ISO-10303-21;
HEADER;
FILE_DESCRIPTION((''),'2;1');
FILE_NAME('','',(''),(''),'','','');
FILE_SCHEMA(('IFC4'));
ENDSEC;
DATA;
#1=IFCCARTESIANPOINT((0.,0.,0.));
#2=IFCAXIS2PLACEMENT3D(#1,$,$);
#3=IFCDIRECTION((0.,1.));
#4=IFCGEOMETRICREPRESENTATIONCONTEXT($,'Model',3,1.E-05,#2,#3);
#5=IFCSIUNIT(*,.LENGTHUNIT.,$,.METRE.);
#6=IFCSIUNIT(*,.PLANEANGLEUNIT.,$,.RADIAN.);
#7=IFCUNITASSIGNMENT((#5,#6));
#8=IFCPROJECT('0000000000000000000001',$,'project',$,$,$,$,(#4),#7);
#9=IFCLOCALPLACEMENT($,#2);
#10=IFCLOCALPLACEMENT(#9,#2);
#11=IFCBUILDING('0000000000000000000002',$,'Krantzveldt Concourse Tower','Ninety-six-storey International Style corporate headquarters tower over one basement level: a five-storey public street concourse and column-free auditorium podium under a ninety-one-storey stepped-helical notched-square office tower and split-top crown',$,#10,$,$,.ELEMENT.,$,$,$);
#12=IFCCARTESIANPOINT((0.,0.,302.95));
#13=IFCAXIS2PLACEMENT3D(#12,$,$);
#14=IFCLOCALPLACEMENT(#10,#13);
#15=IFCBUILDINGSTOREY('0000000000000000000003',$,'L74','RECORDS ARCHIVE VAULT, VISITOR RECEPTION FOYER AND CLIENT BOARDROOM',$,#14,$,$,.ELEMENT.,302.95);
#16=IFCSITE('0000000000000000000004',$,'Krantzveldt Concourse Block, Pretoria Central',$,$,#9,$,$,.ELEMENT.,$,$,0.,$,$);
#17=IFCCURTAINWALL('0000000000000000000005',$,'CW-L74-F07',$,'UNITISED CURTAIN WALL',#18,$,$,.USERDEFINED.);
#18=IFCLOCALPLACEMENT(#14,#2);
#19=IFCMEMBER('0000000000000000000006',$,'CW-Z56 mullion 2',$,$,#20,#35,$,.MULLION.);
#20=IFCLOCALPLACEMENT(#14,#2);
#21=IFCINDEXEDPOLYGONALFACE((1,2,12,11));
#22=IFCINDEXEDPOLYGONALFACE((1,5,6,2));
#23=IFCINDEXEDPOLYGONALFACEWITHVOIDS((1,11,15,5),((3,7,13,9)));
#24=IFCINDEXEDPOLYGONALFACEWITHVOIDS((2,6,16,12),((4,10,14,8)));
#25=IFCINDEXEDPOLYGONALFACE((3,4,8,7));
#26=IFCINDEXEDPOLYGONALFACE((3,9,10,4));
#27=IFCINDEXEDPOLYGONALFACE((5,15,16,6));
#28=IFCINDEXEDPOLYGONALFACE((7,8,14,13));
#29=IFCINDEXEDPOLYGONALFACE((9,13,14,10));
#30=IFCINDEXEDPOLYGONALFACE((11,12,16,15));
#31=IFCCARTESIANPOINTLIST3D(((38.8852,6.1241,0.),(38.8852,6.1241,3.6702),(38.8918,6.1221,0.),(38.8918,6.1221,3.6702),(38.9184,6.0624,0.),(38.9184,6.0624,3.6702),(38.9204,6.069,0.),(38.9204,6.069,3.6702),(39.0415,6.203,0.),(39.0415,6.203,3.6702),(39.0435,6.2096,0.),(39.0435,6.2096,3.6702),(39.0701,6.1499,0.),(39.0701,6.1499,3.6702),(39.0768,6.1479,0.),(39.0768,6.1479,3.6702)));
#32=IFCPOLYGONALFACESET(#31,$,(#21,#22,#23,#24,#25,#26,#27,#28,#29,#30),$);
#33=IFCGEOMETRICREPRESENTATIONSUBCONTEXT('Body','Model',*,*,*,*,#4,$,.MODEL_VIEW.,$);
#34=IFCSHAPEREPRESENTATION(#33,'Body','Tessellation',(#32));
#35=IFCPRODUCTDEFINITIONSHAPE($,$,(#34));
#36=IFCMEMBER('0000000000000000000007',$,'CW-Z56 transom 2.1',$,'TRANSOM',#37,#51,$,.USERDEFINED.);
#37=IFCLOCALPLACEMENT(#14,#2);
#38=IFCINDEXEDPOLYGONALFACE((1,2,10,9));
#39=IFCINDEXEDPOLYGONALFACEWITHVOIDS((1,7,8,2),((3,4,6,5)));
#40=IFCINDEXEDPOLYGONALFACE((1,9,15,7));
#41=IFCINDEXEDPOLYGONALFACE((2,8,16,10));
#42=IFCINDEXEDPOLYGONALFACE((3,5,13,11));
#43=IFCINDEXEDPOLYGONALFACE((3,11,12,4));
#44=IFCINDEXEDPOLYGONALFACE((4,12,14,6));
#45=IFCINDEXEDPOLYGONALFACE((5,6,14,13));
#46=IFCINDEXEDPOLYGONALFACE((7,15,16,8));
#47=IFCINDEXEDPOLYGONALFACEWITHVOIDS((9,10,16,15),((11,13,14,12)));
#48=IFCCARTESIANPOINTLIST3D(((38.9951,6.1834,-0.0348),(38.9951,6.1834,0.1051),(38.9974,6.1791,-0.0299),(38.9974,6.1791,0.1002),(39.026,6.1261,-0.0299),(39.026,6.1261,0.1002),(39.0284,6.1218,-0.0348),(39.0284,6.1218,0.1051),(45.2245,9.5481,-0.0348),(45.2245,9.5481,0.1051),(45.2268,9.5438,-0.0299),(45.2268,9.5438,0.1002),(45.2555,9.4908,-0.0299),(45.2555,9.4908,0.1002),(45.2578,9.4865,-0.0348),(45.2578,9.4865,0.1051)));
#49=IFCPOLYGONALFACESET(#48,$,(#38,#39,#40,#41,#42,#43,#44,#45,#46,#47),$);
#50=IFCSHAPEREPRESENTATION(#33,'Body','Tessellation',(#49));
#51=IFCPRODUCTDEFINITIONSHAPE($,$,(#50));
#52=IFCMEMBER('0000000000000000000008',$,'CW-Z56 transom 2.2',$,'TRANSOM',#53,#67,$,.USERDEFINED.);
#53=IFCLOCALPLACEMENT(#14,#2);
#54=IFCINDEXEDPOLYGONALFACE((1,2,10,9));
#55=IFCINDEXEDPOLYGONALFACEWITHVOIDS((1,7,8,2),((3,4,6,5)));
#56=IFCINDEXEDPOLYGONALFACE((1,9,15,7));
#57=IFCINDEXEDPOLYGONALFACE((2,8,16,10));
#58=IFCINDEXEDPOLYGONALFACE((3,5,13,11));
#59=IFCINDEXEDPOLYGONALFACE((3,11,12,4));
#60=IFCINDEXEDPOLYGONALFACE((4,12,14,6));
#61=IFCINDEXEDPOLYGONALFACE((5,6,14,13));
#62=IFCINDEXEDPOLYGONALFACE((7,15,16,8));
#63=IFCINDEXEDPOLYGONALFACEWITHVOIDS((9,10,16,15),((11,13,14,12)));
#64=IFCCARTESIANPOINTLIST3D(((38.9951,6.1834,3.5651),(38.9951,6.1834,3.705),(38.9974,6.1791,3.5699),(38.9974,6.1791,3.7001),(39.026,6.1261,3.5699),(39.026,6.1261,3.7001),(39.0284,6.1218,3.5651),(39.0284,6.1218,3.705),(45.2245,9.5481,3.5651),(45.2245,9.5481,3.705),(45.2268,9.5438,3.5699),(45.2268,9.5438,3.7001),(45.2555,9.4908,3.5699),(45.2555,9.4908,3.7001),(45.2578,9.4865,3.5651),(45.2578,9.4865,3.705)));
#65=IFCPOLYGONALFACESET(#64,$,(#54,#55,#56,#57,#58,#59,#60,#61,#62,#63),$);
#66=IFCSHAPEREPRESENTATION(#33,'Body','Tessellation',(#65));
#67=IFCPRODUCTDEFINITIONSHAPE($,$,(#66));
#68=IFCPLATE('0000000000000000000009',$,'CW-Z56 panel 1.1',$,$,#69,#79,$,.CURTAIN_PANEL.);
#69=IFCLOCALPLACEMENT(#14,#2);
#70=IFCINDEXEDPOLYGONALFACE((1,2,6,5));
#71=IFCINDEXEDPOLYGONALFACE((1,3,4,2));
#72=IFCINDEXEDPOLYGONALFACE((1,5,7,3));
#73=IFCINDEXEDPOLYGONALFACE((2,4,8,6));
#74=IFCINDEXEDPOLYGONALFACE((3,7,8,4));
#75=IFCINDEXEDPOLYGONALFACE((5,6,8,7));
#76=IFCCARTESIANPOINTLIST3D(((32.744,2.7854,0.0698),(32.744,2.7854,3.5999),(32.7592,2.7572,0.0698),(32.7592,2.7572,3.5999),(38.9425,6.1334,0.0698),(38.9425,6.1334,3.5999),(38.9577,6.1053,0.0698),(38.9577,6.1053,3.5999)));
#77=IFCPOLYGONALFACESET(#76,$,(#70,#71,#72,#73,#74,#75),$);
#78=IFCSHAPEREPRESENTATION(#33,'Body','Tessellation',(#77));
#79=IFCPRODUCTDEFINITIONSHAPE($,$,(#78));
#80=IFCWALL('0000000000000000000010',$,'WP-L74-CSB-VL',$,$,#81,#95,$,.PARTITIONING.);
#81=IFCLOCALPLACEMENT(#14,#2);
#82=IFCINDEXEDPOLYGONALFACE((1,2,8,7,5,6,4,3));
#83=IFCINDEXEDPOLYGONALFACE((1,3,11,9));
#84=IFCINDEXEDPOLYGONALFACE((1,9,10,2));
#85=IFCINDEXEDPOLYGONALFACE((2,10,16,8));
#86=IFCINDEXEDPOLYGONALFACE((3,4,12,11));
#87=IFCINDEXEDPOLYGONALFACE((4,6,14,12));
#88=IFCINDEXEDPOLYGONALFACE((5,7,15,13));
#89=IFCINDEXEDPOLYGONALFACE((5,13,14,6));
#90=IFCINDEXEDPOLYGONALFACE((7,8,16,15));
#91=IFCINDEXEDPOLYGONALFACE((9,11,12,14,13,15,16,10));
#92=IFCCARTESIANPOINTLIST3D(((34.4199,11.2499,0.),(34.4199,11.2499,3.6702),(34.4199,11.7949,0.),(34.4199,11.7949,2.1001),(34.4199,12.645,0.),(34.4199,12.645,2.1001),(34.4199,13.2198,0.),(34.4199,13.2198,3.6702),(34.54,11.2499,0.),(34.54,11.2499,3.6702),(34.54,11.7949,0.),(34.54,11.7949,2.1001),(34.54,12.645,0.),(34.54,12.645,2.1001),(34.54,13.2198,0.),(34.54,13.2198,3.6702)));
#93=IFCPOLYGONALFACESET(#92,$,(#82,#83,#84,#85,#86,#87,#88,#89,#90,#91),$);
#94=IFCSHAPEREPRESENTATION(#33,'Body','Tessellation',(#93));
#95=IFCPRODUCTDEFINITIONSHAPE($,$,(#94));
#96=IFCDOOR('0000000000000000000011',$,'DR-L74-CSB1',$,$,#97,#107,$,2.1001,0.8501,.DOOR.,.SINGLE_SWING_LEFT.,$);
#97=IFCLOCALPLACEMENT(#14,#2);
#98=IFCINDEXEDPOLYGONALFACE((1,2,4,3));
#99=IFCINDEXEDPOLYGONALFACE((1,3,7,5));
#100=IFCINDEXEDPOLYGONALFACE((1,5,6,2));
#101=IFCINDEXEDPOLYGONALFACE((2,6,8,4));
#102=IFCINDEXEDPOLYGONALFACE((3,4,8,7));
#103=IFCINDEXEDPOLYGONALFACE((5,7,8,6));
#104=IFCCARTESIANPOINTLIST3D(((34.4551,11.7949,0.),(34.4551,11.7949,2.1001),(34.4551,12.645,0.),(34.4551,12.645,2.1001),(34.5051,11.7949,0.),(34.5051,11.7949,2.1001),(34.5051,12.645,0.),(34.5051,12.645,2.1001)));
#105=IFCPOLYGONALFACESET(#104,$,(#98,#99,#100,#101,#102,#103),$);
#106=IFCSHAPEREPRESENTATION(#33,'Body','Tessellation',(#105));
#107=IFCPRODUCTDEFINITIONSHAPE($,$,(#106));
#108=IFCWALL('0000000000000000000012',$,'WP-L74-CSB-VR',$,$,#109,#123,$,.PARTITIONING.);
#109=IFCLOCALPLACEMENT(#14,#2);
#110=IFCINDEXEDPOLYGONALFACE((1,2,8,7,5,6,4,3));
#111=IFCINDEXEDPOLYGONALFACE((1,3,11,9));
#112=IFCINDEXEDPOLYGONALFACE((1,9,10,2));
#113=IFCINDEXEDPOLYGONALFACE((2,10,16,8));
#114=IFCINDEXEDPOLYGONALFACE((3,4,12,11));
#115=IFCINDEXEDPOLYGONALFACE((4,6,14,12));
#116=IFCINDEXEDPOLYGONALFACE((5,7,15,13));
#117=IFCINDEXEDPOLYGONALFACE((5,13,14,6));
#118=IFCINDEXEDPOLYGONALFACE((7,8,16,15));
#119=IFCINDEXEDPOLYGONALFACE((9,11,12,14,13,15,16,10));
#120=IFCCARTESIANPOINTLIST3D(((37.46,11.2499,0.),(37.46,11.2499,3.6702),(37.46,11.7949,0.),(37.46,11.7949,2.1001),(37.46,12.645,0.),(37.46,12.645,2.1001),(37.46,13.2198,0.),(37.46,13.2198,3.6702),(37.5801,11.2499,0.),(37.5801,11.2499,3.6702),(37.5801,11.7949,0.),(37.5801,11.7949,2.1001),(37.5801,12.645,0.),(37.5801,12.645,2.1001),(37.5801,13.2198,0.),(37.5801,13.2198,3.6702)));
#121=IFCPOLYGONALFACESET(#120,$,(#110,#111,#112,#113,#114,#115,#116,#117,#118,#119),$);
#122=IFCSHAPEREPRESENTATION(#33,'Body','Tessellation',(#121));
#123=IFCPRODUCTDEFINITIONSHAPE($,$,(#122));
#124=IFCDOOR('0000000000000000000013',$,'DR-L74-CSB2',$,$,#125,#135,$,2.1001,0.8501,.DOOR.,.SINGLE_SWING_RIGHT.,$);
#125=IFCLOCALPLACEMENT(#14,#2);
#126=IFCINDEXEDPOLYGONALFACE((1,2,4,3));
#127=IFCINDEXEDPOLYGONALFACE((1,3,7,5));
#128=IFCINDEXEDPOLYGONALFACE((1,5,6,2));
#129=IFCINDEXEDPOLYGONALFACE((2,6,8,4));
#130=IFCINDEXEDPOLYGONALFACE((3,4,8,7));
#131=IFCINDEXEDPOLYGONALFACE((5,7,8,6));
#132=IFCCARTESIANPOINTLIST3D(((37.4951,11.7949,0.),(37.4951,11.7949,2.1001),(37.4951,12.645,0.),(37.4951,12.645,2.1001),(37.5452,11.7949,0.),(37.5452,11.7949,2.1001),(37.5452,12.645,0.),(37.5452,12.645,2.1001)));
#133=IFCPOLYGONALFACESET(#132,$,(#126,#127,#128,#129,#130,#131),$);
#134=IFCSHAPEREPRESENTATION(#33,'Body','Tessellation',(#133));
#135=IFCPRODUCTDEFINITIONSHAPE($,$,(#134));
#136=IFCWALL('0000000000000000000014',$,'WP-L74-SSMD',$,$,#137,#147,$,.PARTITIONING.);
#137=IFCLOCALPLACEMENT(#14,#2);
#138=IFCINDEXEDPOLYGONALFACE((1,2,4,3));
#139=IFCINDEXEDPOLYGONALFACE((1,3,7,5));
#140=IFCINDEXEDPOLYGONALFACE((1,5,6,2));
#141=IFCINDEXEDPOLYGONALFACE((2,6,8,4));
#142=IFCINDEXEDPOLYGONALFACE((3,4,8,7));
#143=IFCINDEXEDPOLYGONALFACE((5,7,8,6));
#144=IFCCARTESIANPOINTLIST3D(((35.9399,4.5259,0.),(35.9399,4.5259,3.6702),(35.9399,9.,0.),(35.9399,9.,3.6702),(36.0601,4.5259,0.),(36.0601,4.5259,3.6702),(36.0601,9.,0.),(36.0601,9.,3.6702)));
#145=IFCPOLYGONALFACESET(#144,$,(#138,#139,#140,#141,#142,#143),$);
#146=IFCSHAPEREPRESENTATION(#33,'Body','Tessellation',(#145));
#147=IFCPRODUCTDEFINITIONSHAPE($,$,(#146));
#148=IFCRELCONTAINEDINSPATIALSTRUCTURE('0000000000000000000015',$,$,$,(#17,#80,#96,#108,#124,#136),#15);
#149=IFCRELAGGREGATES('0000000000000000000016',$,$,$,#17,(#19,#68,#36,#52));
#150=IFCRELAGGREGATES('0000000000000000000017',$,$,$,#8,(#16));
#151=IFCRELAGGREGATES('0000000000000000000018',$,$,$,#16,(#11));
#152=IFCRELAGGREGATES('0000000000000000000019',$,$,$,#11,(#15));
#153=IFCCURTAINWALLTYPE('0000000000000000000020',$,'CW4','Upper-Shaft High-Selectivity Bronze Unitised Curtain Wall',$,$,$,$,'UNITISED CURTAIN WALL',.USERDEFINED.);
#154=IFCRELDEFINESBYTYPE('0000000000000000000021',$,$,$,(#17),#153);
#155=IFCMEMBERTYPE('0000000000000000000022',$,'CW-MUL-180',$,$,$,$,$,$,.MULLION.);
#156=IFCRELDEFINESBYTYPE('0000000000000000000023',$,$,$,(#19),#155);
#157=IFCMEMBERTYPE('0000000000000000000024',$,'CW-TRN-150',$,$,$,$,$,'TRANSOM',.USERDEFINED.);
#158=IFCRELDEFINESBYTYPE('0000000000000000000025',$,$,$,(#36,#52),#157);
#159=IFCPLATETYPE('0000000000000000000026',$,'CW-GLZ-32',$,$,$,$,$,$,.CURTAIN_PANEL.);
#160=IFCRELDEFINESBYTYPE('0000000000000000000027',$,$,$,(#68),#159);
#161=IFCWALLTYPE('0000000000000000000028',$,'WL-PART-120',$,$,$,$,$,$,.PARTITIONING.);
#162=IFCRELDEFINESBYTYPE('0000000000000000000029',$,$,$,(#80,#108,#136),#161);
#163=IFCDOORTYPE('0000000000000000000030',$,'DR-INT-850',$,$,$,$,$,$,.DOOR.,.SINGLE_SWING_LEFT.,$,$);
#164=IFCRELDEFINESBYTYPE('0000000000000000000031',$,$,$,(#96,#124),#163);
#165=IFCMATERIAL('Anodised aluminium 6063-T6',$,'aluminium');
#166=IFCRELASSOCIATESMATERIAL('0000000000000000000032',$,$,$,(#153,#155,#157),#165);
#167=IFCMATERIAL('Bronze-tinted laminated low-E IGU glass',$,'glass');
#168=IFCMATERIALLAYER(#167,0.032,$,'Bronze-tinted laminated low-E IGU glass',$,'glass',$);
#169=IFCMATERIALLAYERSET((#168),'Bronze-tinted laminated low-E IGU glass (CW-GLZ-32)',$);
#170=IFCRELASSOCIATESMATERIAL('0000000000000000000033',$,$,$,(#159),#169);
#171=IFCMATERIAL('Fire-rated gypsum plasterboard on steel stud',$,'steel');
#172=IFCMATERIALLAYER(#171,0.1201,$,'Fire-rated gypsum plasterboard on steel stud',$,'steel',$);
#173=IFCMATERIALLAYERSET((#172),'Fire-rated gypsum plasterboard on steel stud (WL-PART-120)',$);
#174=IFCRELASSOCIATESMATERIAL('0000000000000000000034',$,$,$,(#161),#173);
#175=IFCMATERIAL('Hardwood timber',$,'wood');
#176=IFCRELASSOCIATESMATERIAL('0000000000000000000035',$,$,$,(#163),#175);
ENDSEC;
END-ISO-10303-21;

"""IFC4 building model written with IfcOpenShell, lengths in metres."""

from ifc_helpers import new_model, si_unit, direction, frame, frame_2d, origin, origin_2d, place, context, subcontext, project, spatial, rectangle, hollow_rectangle, extrude, source, transform, mapped, material, layer, layer_set, material_profile, profile_set, type_object, type_shapes, element, fill, aggregate, save


model = new_model("IFC4")

# Units and contexts
model_context = context("Model", 3, precision=1e-05, world=origin(), true_north=direction((0.0, 1.0)))
body_context = subcontext(model_context, "Body", "Model", "MODEL_VIEW")
ifc_project = project(units=[si_unit("LENGTHUNIT", "METRE"), si_unit("PLANEANGLEUNIT", "RADIAN")], contexts=[model_context])

# Site, building, storey
site_placement = place(None, origin())
site = spatial("IfcSite", under=ifc_project, at=site_placement, Name="Krantzveldt Concourse Block, Pretoria Central", CompositionType="ELEMENT", RefElevation=0.0)
building_placement = place(site_placement, origin())
building = spatial("IfcBuilding", under=site, at=building_placement, Name="Krantzveldt Concourse Tower", Description="Ninety-six-storey International Style corporate headquarters tower over one basement level: a five-storey public street concourse and column-free auditorium podium under a ninety-one-storey stepped-helical notched-square office tower and split-top crown", CompositionType="ELEMENT")
storey_placement = place(building_placement, frame((0.0, 0.0, 302.95)))
storey = spatial("IfcBuildingStorey", under=building, at=storey_placement, Name="L74", Description="RECORDS ARCHIVE VAULT, VISITOR RECEPTION FOYER AND CLIENT BOARDROOM", CompositionType="ELEMENT", Elevation=302.95)

# Curtain wall, members, plate
ifc_material_1 = material(Name="Anodised aluminium 6063-T6", Category="aluminium")
curtain_wall_type = type_object("IfcCurtainWallType", Name="CW4", Description="Upper-Shaft High-Selectivity Bronze Unitised Curtain Wall", ElementType="UNITISED CURTAIN WALL", PredefinedType="USERDEFINED", material=ifc_material_1)
curtain_wall_placement = place(storey_placement, origin())
curtain_wall = element("IfcCurtainWall", 1, at=curtain_wall_placement, inside=storey, type_object=curtain_wall_type, Name="CW-L74-F07", ObjectType="UNITISED CURTAIN WALL", PredefinedType="USERDEFINED")
ifc_material_profile_1 = material_profile(ifc_material_1, hollow_rectangle(XDim=0.0701, YDim=0.1799, WallThickness=0.0049, at=origin_2d()), Name="Anodised aluminium 6063-T6", Category="aluminium")
ifc_profile_set_1 = profile_set([ifc_material_profile_1], Name="Anodised aluminium 6063-T6 - ALU-MULL 180x70x5")
member_type_1 = type_object("IfcMemberType", Name="CW-MUL-180", PredefinedType="MULLION", material=ifc_profile_set_1)
shared_shape_1 = source(origin(), body_context, "Body", "SweptSolid", [
    extrude(hollow_rectangle(XDim=0.0701, YDim=0.1799, WallThickness=0.0049, at=origin_2d()), origin(), (0.0, 0.0, 1.0), 3.6702),
])
type_shapes(member_type_1, [shared_shape_1])
member_1_placement = place(storey_placement, frame((38.981, 6.136, 0.0), z_axis=(0.0, 0.0, 1.0), x_axis=(-0.47524, 0.879856, 0.0)))
member_1 = element("IfcMember", 2, at=member_1_placement, type_object=member_type_1, Name="CW-Z56 mullion 2", PredefinedType="MULLION", context=body_context, shape_type="MappedRepresentation", body=[
    mapped(shared_shape_1, transform((0.0, 0.0, 0.0), x_axis=(1.0, 0.0, 0.0), y_axis=(0.0, 1.0, 0.0), z_axis=(0.0, 0.0, 1.0), scale=1.0)),
])
ifc_material_profile_2 = material_profile(ifc_material_1, hollow_rectangle(XDim=0.0701, YDim=0.1399, WallThickness=0.0049, at=origin_2d()), Name="Anodised aluminium 6063-T6", Category="aluminium")
ifc_profile_set_2 = profile_set([ifc_material_profile_2], Name="Anodised aluminium 6063-T6 - ALU-TRAN 140x70x5")
member_type_2 = type_object("IfcMemberType", Name="CW-TRN-150", ElementType="TRANSOM", PredefinedType="USERDEFINED", material=ifc_profile_set_2)
shared_shape_2 = source(origin(), body_context, "Body", "SweptSolid", [
    extrude(hollow_rectangle(XDim=0.0701, YDim=0.1399, WallThickness=0.0049, at=origin_2d()), origin(), (0.0, 0.0, 1.0), 7.0801),
])
type_shapes(member_type_2, [shared_shape_2])
member_2_placement = place(storey_placement, frame((39.0117, 6.1526, 0.0352), z_axis=(0.879857, 0.475239, 0.0), x_axis=(-0.475239, 0.879857, 0.0)))
member_2 = element("IfcMember", 3, at=member_2_placement, type_object=member_type_2, Name="CW-Z56 transom 2.1", ObjectType="TRANSOM", PredefinedType="USERDEFINED", context=body_context, shape_type="MappedRepresentation", body=[
    mapped(shared_shape_2, transform((0.0, 0.0, 0.0), x_axis=(1.0, 0.0, 0.0), y_axis=(0.0, 1.0, 0.0), z_axis=(0.0, 0.0, 1.0), scale=1.0)),
])
member_3_placement = place(storey_placement, frame((39.0117, 6.1526, 3.635), z_axis=(0.879857, 0.475239, 0.0), x_axis=(-0.475239, 0.879857, 0.0)))
member_3 = element("IfcMember", 4, at=member_3_placement, type_object=member_type_2, Name="CW-Z56 transom 2.2", ObjectType="TRANSOM", PredefinedType="USERDEFINED", context=body_context, shape_type="MappedRepresentation", body=[
    mapped(shared_shape_2, transform((0.0, 0.0, 0.0), x_axis=(1.0, 0.0, 0.0), y_axis=(0.0, 1.0, 0.0), z_axis=(0.0, 0.0, 1.0), scale=1.0)),
])
ifc_material_2 = material(Name="Bronze-tinted laminated low-E IGU glass", Category="glass")
ifc_layer_1 = layer(ifc_material_2, 0.032, Name="Bronze-tinted laminated low-E IGU glass", Category="glass")
ifc_layer_set_1 = layer_set([ifc_layer_1], Name="Bronze-tinted laminated low-E IGU glass (CW-GLZ-32)")
plate_type = type_object("IfcPlateType", Name="CW-GLZ-32", PredefinedType="CURTAIN_PANEL", material=ifc_layer_set_1)
shared_shape_3 = source(origin(), body_context, "Body", "SweptSolid", [
    extrude(rectangle(XDim=7.0449, YDim=0.032, at=origin_2d()), origin(), (0.0, 0.0, 1.0), 3.53),
])
type_shapes(plate_type, [shared_shape_3])
plate_placement = place(storey_placement, frame((35.8508, 4.4453, 0.0698), z_axis=(0.0, 0.0, 1.0), x_axis=(0.879856, 0.47524, 0.0)))
plate = element("IfcPlate", 5, at=plate_placement, type_object=plate_type, Name="CW-Z56 panel 1.1", PredefinedType="CURTAIN_PANEL", context=body_context, shape_type="MappedRepresentation", body=[
    mapped(shared_shape_3, transform((0.0, 0.0, 0.0), x_axis=(1.0, 0.0, 0.0), y_axis=(0.0, 1.0, 0.0), z_axis=(0.0, 0.0, 1.0), scale=1.0)),
])
aggregate(curtain_wall, [member_1, plate, member_2, member_3])

# Walls, openings, doors
ifc_material_3 = material(Name="Fire-rated gypsum plasterboard on steel stud", Category="steel")
ifc_layer_2 = layer(ifc_material_3, 0.1201, Name="Fire-rated gypsum plasterboard on steel stud", Category="steel")
ifc_layer_set_2 = layer_set([ifc_layer_2], Name="Fire-rated gypsum plasterboard on steel stud (WL-PART-120)")
wall_type_1 = type_object("IfcWallType", Name="WL-PART-120", PredefinedType="PARTITIONING", material=ifc_layer_set_2)
wall_1_placement = place(storey_placement, frame((34.48, 11.25, 0.0), z_axis=(0.0, 0.0, 1.0), x_axis=(0.0, 1.0, 0.0)))
wall_1 = element("IfcWall", 6, at=wall_1_placement, inside=storey, type_object=wall_type_1, Name="WP-L74-CSB-VL", PredefinedType="PARTITIONING", context=body_context, shape_type="SweptSolid", body=[
    extrude(rectangle(XDim=1.97, YDim=0.1201, at=frame_2d((0.9849, 0.0))), origin(), (0.0, 0.0, 1.0), 3.6702),
])
opening_1_placement = place(wall_1_placement, frame((0.5449, 0.0, 0.0)))
opening_1 = element("IfcOpeningElement", 7, at=opening_1_placement, cuts=wall_1, PredefinedType="OPENING", context=body_context, shape_type="SweptSolid", body=[
    extrude(rectangle(XDim=0.8501, YDim=2.1001, at=frame_2d((0.425, 1.05))), frame((0.0, 0.0701, 0.0), z_axis=(0.0, -1.0, 0.0), x_axis=(1.0, 0.0, 0.0)), (0.0, 0.0, 1.0), 0.1401),
])
ifc_material_4 = material(Name="Hardwood timber", Category="wood")
door_type_1 = type_object("IfcDoorType", Name="DR-INT-850", OperationType="SINGLE_SWING_LEFT", PredefinedType="DOOR", material=ifc_material_4)
door_1_placement = place(opening_1_placement, origin())
door_1 = element("IfcDoor", 8, at=door_1_placement, inside=storey, type_object=door_type_1, Name="DR-L74-CSB1", OperationType="SINGLE_SWING_LEFT", OverallHeight=2.1001, OverallWidth=0.8501, PredefinedType="DOOR", context=body_context, shape_type="SweptSolid", body=[
    extrude(rectangle(XDim=0.8501, YDim=2.1001, at=frame_2d((0.425, 1.05))), frame((0.0, 0.0249, 0.0), z_axis=(0.0, -1.0, 0.0), x_axis=(1.0, 0.0, 0.0)), (0.0, 0.0, 1.0), 0.05),
])
fill(opening_1, door_1)
wall_2_placement = place(storey_placement, frame((37.52, 11.25, 0.0), z_axis=(0.0, 0.0, 1.0), x_axis=(0.0, 1.0, 0.0)))
wall_2 = element("IfcWall", 9, at=wall_2_placement, inside=storey, type_object=wall_type_1, Name="WP-L74-CSB-VR", PredefinedType="PARTITIONING", context=body_context, shape_type="SweptSolid", body=[
    extrude(rectangle(XDim=1.97, YDim=0.1201, at=frame_2d((0.9849, 0.0))), origin(), (0.0, 0.0, 1.0), 3.6702),
])
opening_2_placement = place(wall_2_placement, frame((0.5449, 0.0, 0.0)))
opening_2 = element("IfcOpeningElement", 10, at=opening_2_placement, cuts=wall_2, PredefinedType="OPENING", context=body_context, shape_type="SweptSolid", body=[
    extrude(rectangle(XDim=0.8501, YDim=2.1001, at=frame_2d((0.425, 1.05))), frame((0.0, 0.0701, 0.0), z_axis=(0.0, -1.0, 0.0), x_axis=(1.0, 0.0, 0.0)), (0.0, 0.0, 1.0), 0.1401),
])
door_2_placement = place(opening_2_placement, origin())
door_2 = element("IfcDoor", 11, at=door_2_placement, inside=storey, type_object=door_type_1, Name="DR-L74-CSB2", OperationType="SINGLE_SWING_RIGHT", OverallHeight=2.1001, OverallWidth=0.8501, PredefinedType="DOOR", context=body_context, shape_type="SweptSolid", body=[
    extrude(rectangle(XDim=0.8501, YDim=2.1001, at=frame_2d((0.425, 1.05))), frame((0.0, 0.0249, 0.0), z_axis=(0.0, -1.0, 0.0), x_axis=(1.0, 0.0, 0.0)), (0.0, 0.0, 1.0), 0.05),
])
fill(opening_2, door_2)

# Wall
wall_3_placement = place(storey_placement, frame((36.0, 4.5259, 0.0), z_axis=(0.0, 0.0, 1.0), x_axis=(0.0, 1.0, 0.0)))
element("IfcWall", 12, at=wall_3_placement, inside=storey, type_object=wall_type_1, Name="WP-L74-SSMD", PredefinedType="PARTITIONING", context=body_context, shape_type="SweptSolid", body=[
    extrude(rectangle(XDim=4.4741, YDim=0.1201, at=frame_2d((2.2371, 0.0))), origin(), (0.0, 0.0, 1.0), 3.6702),
])

save(model, "model.ifc")
